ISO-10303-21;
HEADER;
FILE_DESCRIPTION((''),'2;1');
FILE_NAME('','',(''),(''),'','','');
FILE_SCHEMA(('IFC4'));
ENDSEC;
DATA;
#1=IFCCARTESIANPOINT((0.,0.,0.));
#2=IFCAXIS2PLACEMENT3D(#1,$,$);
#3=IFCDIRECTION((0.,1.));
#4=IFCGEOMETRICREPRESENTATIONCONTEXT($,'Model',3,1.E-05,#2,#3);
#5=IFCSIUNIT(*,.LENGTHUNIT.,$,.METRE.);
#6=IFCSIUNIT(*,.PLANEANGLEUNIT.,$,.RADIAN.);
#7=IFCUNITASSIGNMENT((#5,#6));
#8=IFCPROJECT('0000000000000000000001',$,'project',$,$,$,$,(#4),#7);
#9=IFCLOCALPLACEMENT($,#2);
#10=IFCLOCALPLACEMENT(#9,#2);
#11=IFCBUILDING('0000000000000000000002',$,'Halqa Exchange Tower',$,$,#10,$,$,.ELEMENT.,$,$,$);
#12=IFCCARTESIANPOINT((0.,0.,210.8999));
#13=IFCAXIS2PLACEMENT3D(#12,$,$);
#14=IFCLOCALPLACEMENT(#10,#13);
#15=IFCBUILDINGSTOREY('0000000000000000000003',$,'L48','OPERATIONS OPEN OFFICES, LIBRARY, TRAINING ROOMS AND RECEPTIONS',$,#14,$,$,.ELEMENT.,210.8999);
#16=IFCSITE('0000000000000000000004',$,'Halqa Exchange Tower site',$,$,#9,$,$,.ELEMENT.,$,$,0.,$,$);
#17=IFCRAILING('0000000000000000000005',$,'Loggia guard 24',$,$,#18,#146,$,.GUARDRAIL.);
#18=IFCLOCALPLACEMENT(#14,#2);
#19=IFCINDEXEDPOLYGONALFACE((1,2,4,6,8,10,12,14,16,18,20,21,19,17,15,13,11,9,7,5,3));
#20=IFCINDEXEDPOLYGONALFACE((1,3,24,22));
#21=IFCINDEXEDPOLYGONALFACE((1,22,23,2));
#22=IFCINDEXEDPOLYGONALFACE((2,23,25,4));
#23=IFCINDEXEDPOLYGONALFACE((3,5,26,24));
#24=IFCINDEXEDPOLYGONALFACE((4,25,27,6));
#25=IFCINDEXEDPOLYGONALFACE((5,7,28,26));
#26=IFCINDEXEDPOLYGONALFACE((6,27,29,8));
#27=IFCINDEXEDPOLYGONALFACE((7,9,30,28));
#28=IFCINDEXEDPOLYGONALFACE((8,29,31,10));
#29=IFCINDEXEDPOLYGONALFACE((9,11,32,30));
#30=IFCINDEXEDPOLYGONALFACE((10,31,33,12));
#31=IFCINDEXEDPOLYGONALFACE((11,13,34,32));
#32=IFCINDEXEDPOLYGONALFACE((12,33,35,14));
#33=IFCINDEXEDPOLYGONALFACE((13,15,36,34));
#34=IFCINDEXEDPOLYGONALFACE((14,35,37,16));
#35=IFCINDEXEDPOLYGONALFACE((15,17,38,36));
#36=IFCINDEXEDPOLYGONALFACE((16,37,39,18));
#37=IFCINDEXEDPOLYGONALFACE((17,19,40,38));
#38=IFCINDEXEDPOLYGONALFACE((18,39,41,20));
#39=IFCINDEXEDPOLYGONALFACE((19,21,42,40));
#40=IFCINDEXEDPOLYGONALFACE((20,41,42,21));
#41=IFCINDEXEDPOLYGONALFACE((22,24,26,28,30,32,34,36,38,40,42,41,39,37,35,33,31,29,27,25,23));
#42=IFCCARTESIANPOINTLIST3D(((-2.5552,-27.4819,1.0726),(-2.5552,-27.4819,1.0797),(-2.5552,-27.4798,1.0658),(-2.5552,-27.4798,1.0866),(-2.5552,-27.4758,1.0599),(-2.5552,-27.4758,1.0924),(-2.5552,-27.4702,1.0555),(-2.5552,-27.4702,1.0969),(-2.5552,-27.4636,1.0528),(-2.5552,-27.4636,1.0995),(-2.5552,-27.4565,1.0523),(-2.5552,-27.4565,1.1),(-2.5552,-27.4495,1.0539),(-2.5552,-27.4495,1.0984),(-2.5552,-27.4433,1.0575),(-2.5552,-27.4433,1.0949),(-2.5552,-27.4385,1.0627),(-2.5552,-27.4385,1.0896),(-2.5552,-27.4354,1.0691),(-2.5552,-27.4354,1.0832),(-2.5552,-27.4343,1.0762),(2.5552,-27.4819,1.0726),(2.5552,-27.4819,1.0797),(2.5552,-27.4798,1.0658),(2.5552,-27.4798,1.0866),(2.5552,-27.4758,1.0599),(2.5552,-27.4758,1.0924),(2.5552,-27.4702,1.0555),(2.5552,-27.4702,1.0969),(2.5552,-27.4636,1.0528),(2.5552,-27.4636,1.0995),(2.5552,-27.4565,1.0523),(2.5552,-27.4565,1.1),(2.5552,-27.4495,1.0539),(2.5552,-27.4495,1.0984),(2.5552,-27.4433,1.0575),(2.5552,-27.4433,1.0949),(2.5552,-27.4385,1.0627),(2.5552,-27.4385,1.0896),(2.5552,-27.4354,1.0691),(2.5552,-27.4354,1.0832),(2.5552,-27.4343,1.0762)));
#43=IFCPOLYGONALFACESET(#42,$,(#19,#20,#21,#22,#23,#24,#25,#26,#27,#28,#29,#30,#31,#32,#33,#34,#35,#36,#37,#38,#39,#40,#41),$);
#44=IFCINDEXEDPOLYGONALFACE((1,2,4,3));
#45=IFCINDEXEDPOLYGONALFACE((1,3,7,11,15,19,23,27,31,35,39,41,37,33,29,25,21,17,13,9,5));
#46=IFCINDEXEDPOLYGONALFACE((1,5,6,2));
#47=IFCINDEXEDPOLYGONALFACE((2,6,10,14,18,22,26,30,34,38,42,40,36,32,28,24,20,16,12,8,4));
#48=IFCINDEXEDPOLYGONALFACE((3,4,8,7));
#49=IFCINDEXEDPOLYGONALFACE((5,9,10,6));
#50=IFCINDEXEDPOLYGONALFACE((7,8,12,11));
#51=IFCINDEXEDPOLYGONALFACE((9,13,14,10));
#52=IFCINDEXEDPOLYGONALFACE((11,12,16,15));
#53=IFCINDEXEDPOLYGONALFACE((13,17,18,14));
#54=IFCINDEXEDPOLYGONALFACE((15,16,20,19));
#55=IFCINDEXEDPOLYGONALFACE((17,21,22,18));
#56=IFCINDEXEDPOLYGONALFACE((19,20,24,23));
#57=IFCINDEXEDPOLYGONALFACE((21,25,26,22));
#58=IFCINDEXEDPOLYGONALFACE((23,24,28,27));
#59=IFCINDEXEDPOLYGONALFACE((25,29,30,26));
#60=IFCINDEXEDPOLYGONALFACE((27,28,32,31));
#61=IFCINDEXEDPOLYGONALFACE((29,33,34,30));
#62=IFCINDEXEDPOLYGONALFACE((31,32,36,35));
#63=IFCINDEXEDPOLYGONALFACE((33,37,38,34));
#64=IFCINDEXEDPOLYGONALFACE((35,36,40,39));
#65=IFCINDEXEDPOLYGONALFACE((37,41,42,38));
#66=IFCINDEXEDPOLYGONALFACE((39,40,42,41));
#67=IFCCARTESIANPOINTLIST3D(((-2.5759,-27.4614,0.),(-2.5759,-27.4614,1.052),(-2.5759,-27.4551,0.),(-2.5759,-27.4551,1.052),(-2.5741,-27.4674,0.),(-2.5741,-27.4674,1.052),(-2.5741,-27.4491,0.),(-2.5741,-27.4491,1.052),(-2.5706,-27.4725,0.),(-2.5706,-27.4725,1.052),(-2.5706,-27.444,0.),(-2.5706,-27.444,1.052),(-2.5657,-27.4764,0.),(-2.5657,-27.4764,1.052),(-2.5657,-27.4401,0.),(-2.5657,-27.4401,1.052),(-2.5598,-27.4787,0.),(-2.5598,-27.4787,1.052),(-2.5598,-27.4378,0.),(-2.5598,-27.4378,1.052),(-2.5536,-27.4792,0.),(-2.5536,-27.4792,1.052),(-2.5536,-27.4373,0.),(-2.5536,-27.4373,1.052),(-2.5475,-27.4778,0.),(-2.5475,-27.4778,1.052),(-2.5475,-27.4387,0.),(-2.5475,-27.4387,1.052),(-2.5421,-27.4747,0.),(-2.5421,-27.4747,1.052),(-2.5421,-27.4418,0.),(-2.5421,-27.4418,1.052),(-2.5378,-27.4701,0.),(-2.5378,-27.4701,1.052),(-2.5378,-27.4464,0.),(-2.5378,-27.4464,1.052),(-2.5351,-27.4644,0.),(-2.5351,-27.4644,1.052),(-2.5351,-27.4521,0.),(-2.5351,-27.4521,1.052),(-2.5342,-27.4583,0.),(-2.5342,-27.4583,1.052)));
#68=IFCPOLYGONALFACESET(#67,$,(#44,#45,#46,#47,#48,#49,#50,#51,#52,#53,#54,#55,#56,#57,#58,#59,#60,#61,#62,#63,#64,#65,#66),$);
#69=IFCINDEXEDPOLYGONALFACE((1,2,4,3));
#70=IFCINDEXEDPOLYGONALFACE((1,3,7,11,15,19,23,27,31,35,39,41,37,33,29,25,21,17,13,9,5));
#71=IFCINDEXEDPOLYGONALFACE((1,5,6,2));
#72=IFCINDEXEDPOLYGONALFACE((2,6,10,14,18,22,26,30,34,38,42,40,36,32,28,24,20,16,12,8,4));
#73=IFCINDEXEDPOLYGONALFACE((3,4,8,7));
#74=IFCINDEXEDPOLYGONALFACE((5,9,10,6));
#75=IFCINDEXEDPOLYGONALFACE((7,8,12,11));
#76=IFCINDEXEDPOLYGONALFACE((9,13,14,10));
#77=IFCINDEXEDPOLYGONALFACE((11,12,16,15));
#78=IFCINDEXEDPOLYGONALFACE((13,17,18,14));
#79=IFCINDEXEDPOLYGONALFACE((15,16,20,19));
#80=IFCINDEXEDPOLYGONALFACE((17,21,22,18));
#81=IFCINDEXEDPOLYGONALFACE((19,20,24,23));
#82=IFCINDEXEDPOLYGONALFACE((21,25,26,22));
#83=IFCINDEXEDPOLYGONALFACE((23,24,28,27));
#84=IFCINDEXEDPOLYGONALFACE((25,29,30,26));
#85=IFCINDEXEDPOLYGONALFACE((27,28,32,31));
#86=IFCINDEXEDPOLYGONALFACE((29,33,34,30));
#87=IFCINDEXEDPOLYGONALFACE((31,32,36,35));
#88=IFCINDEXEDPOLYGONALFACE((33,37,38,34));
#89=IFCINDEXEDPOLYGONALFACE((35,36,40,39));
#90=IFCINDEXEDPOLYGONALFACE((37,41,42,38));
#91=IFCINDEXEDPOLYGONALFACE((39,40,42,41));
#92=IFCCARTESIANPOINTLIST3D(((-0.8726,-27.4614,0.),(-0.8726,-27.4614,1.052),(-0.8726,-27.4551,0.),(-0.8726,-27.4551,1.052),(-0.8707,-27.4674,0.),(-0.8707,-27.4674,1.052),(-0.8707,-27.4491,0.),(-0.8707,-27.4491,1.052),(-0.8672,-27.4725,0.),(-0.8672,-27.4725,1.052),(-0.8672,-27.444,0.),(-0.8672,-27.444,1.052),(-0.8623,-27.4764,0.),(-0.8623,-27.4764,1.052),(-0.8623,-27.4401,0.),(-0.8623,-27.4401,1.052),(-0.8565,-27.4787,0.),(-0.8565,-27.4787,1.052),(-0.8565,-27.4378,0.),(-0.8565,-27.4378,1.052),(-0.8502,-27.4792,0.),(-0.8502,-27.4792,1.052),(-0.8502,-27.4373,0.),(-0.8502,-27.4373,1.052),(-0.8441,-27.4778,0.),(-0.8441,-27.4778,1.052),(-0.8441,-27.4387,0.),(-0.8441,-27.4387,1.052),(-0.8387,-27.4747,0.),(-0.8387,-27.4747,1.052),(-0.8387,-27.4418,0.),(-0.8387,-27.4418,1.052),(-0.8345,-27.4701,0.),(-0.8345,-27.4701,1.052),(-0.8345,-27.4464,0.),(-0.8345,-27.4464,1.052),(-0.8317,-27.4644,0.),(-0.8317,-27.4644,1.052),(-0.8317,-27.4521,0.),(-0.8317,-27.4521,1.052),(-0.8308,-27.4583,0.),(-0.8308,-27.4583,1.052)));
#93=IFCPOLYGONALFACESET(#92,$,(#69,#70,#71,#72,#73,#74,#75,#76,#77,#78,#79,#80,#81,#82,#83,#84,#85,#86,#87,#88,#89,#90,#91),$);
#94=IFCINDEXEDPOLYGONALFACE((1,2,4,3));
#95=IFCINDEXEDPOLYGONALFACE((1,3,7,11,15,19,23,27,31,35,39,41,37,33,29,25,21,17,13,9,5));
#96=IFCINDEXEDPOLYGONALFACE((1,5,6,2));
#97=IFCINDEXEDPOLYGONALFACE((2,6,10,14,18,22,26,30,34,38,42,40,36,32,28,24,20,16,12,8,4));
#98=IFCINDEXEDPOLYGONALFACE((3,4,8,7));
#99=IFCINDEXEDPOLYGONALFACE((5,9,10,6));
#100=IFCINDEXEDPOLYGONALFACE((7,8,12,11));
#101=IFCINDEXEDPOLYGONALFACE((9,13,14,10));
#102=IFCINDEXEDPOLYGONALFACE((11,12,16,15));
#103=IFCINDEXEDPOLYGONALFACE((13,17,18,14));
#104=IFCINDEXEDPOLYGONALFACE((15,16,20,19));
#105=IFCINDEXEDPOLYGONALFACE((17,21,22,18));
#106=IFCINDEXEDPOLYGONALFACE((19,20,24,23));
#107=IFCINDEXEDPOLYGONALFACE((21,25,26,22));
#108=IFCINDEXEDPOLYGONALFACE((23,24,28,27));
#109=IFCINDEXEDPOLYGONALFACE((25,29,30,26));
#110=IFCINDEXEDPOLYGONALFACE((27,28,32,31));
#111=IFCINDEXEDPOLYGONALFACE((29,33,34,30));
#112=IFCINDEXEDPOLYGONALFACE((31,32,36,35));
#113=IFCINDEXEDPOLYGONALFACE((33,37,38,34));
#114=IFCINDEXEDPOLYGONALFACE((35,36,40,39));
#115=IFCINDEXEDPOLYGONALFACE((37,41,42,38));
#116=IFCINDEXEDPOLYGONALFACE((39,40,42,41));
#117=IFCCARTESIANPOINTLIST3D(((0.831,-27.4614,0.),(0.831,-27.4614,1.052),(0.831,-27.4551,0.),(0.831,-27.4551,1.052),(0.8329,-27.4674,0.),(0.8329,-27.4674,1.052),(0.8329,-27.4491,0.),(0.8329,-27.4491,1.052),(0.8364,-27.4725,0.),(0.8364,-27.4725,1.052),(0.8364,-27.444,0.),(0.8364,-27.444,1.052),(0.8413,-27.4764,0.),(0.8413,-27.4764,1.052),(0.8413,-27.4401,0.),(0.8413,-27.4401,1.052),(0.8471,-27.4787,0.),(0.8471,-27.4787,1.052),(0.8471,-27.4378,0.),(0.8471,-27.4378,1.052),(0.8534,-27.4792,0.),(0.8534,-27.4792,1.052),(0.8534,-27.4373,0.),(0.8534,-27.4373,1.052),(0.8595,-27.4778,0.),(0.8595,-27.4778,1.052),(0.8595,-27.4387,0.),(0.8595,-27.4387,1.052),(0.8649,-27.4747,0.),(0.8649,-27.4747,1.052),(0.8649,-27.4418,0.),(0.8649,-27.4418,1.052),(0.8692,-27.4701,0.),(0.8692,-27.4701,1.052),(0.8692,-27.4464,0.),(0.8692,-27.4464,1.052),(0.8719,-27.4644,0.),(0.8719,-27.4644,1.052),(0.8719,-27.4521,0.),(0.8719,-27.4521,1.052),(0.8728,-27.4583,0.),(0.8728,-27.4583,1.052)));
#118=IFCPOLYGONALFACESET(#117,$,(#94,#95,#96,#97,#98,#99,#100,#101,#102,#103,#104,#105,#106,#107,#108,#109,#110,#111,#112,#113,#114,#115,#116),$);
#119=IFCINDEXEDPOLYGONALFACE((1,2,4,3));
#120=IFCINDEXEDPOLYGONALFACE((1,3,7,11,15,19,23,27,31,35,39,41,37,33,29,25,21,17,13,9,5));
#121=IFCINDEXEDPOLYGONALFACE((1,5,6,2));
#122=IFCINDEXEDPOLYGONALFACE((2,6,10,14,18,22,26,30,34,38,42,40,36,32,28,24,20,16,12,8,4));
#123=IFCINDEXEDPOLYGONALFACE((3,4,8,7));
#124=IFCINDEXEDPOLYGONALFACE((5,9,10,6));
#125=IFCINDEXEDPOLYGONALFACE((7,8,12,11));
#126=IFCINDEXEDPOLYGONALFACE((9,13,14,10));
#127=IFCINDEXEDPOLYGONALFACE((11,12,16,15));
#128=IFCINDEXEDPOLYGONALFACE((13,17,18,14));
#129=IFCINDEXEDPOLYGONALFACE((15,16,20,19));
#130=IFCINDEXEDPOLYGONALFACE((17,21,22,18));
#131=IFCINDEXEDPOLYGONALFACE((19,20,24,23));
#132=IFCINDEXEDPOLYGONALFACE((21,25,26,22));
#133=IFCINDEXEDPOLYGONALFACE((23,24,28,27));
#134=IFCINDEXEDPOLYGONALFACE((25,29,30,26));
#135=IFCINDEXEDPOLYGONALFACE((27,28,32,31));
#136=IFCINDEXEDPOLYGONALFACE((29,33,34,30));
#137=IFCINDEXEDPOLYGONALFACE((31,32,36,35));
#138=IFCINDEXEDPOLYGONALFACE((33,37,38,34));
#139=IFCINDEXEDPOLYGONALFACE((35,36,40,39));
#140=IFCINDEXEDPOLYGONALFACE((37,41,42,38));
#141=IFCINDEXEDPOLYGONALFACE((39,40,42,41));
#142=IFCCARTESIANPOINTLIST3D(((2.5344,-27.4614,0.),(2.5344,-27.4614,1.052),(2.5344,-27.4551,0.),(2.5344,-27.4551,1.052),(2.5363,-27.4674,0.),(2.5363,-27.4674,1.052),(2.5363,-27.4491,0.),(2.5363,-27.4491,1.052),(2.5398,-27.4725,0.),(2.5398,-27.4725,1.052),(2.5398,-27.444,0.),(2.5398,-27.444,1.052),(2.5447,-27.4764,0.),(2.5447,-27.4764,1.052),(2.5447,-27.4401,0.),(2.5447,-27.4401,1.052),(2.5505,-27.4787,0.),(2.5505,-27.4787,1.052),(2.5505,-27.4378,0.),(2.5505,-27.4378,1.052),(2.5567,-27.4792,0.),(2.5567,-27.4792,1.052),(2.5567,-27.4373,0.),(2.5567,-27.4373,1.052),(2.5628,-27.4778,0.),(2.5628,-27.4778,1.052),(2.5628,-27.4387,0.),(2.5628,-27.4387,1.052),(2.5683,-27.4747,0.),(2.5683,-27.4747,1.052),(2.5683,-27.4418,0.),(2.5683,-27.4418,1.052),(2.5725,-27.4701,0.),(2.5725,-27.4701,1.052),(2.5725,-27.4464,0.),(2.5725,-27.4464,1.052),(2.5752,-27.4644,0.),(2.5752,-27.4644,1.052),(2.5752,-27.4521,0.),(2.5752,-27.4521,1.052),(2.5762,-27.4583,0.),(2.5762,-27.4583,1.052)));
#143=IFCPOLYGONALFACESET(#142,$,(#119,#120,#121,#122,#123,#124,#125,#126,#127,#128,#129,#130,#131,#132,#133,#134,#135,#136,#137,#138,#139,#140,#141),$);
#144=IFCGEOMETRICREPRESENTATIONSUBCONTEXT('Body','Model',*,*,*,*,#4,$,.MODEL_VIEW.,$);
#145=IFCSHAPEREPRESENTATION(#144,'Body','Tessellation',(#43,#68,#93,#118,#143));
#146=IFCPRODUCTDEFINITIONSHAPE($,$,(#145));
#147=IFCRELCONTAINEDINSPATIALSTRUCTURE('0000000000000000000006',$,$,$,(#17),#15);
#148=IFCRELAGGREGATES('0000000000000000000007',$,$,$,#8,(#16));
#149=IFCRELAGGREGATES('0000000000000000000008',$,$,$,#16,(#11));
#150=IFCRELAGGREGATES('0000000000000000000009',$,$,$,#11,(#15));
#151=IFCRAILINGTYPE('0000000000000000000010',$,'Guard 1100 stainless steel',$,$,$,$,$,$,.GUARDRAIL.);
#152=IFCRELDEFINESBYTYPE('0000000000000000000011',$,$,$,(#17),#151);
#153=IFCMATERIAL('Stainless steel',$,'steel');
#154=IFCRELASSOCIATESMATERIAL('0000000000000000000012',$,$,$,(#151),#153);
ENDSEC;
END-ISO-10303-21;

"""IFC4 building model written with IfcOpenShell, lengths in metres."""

from ifc_helpers import new_model, si_unit, direction, frame, origin, origin_2d, place, context, subcontext, project, spatial, circle, extrude, material, type_object, element, save


model = new_model("IFC4")

# Units and contexts
model_context = context("Model", 3, precision=1e-05, world=origin(), true_north=direction((0.0, 1.0)))
body_context = subcontext(model_context, "Body", "Model", "MODEL_VIEW")
ifc_project = project(units=[si_unit("LENGTHUNIT", "METRE"), si_unit("PLANEANGLEUNIT", "RADIAN")], contexts=[model_context])

# Site, building, storey
site_placement = place(None, origin())
site = spatial("IfcSite", under=ifc_project, at=site_placement, Name="Halqa Exchange Tower site", CompositionType="ELEMENT", RefElevation=0.0)
building_placement = place(site_placement, origin())
building = spatial("IfcBuilding", under=site, at=building_placement, Name="Halqa Exchange Tower", CompositionType="ELEMENT")
storey_placement = place(building_placement, frame((0.0, 0.0, 210.8999)))
storey = spatial("IfcBuildingStorey", under=building, at=storey_placement, Name="L48", Description="OPERATIONS OPEN OFFICES, LIBRARY, TRAINING ROOMS AND RECEPTIONS", CompositionType="ELEMENT", Elevation=210.8999)

# Railing
ifc_material_1 = material(Name="Stainless steel", Category="steel")
railing_type = type_object("IfcRailingType", Name="Guard 1100 stainless steel", PredefinedType="GUARDRAIL", material=ifc_material_1)
railing_1_placement = place(storey_placement, frame((-2.5552, -27.4583, 0.0)))
element("IfcRailing", 1, at=railing_1_placement, inside=storey, type_object=railing_type, Name="Loggia guard 24", PredefinedType="GUARDRAIL", context=body_context, shape_type="SweptSolid", body=[
    extrude(circle(Radius=0.0239, at=origin_2d()), frame((0.0, 0.0, 1.0762), z_axis=(1.0, 0.0, 0.0), x_axis=(0.0, 1.0, 0.0)), (0.0, 0.0, 1.0), 5.1104),
    extrude(circle(Radius=0.021, at=origin_2d()), origin(), (0.0, 0.0, 1.0), 1.052),
    extrude(circle(Radius=0.021, at=origin_2d()), frame((1.7034, 0.0, 0.0)), (0.0, 0.0, 1.0), 1.052),
    extrude(circle(Radius=0.021, at=origin_2d()), frame((3.407, 0.0, 0.0)), (0.0, 0.0, 1.0), 1.052),
    extrude(circle(Radius=0.021, at=origin_2d()), frame((5.1104, 0.0, 0.0)), (0.0, 0.0, 1.0), 1.052),
])

save(model, "model.ifc")
